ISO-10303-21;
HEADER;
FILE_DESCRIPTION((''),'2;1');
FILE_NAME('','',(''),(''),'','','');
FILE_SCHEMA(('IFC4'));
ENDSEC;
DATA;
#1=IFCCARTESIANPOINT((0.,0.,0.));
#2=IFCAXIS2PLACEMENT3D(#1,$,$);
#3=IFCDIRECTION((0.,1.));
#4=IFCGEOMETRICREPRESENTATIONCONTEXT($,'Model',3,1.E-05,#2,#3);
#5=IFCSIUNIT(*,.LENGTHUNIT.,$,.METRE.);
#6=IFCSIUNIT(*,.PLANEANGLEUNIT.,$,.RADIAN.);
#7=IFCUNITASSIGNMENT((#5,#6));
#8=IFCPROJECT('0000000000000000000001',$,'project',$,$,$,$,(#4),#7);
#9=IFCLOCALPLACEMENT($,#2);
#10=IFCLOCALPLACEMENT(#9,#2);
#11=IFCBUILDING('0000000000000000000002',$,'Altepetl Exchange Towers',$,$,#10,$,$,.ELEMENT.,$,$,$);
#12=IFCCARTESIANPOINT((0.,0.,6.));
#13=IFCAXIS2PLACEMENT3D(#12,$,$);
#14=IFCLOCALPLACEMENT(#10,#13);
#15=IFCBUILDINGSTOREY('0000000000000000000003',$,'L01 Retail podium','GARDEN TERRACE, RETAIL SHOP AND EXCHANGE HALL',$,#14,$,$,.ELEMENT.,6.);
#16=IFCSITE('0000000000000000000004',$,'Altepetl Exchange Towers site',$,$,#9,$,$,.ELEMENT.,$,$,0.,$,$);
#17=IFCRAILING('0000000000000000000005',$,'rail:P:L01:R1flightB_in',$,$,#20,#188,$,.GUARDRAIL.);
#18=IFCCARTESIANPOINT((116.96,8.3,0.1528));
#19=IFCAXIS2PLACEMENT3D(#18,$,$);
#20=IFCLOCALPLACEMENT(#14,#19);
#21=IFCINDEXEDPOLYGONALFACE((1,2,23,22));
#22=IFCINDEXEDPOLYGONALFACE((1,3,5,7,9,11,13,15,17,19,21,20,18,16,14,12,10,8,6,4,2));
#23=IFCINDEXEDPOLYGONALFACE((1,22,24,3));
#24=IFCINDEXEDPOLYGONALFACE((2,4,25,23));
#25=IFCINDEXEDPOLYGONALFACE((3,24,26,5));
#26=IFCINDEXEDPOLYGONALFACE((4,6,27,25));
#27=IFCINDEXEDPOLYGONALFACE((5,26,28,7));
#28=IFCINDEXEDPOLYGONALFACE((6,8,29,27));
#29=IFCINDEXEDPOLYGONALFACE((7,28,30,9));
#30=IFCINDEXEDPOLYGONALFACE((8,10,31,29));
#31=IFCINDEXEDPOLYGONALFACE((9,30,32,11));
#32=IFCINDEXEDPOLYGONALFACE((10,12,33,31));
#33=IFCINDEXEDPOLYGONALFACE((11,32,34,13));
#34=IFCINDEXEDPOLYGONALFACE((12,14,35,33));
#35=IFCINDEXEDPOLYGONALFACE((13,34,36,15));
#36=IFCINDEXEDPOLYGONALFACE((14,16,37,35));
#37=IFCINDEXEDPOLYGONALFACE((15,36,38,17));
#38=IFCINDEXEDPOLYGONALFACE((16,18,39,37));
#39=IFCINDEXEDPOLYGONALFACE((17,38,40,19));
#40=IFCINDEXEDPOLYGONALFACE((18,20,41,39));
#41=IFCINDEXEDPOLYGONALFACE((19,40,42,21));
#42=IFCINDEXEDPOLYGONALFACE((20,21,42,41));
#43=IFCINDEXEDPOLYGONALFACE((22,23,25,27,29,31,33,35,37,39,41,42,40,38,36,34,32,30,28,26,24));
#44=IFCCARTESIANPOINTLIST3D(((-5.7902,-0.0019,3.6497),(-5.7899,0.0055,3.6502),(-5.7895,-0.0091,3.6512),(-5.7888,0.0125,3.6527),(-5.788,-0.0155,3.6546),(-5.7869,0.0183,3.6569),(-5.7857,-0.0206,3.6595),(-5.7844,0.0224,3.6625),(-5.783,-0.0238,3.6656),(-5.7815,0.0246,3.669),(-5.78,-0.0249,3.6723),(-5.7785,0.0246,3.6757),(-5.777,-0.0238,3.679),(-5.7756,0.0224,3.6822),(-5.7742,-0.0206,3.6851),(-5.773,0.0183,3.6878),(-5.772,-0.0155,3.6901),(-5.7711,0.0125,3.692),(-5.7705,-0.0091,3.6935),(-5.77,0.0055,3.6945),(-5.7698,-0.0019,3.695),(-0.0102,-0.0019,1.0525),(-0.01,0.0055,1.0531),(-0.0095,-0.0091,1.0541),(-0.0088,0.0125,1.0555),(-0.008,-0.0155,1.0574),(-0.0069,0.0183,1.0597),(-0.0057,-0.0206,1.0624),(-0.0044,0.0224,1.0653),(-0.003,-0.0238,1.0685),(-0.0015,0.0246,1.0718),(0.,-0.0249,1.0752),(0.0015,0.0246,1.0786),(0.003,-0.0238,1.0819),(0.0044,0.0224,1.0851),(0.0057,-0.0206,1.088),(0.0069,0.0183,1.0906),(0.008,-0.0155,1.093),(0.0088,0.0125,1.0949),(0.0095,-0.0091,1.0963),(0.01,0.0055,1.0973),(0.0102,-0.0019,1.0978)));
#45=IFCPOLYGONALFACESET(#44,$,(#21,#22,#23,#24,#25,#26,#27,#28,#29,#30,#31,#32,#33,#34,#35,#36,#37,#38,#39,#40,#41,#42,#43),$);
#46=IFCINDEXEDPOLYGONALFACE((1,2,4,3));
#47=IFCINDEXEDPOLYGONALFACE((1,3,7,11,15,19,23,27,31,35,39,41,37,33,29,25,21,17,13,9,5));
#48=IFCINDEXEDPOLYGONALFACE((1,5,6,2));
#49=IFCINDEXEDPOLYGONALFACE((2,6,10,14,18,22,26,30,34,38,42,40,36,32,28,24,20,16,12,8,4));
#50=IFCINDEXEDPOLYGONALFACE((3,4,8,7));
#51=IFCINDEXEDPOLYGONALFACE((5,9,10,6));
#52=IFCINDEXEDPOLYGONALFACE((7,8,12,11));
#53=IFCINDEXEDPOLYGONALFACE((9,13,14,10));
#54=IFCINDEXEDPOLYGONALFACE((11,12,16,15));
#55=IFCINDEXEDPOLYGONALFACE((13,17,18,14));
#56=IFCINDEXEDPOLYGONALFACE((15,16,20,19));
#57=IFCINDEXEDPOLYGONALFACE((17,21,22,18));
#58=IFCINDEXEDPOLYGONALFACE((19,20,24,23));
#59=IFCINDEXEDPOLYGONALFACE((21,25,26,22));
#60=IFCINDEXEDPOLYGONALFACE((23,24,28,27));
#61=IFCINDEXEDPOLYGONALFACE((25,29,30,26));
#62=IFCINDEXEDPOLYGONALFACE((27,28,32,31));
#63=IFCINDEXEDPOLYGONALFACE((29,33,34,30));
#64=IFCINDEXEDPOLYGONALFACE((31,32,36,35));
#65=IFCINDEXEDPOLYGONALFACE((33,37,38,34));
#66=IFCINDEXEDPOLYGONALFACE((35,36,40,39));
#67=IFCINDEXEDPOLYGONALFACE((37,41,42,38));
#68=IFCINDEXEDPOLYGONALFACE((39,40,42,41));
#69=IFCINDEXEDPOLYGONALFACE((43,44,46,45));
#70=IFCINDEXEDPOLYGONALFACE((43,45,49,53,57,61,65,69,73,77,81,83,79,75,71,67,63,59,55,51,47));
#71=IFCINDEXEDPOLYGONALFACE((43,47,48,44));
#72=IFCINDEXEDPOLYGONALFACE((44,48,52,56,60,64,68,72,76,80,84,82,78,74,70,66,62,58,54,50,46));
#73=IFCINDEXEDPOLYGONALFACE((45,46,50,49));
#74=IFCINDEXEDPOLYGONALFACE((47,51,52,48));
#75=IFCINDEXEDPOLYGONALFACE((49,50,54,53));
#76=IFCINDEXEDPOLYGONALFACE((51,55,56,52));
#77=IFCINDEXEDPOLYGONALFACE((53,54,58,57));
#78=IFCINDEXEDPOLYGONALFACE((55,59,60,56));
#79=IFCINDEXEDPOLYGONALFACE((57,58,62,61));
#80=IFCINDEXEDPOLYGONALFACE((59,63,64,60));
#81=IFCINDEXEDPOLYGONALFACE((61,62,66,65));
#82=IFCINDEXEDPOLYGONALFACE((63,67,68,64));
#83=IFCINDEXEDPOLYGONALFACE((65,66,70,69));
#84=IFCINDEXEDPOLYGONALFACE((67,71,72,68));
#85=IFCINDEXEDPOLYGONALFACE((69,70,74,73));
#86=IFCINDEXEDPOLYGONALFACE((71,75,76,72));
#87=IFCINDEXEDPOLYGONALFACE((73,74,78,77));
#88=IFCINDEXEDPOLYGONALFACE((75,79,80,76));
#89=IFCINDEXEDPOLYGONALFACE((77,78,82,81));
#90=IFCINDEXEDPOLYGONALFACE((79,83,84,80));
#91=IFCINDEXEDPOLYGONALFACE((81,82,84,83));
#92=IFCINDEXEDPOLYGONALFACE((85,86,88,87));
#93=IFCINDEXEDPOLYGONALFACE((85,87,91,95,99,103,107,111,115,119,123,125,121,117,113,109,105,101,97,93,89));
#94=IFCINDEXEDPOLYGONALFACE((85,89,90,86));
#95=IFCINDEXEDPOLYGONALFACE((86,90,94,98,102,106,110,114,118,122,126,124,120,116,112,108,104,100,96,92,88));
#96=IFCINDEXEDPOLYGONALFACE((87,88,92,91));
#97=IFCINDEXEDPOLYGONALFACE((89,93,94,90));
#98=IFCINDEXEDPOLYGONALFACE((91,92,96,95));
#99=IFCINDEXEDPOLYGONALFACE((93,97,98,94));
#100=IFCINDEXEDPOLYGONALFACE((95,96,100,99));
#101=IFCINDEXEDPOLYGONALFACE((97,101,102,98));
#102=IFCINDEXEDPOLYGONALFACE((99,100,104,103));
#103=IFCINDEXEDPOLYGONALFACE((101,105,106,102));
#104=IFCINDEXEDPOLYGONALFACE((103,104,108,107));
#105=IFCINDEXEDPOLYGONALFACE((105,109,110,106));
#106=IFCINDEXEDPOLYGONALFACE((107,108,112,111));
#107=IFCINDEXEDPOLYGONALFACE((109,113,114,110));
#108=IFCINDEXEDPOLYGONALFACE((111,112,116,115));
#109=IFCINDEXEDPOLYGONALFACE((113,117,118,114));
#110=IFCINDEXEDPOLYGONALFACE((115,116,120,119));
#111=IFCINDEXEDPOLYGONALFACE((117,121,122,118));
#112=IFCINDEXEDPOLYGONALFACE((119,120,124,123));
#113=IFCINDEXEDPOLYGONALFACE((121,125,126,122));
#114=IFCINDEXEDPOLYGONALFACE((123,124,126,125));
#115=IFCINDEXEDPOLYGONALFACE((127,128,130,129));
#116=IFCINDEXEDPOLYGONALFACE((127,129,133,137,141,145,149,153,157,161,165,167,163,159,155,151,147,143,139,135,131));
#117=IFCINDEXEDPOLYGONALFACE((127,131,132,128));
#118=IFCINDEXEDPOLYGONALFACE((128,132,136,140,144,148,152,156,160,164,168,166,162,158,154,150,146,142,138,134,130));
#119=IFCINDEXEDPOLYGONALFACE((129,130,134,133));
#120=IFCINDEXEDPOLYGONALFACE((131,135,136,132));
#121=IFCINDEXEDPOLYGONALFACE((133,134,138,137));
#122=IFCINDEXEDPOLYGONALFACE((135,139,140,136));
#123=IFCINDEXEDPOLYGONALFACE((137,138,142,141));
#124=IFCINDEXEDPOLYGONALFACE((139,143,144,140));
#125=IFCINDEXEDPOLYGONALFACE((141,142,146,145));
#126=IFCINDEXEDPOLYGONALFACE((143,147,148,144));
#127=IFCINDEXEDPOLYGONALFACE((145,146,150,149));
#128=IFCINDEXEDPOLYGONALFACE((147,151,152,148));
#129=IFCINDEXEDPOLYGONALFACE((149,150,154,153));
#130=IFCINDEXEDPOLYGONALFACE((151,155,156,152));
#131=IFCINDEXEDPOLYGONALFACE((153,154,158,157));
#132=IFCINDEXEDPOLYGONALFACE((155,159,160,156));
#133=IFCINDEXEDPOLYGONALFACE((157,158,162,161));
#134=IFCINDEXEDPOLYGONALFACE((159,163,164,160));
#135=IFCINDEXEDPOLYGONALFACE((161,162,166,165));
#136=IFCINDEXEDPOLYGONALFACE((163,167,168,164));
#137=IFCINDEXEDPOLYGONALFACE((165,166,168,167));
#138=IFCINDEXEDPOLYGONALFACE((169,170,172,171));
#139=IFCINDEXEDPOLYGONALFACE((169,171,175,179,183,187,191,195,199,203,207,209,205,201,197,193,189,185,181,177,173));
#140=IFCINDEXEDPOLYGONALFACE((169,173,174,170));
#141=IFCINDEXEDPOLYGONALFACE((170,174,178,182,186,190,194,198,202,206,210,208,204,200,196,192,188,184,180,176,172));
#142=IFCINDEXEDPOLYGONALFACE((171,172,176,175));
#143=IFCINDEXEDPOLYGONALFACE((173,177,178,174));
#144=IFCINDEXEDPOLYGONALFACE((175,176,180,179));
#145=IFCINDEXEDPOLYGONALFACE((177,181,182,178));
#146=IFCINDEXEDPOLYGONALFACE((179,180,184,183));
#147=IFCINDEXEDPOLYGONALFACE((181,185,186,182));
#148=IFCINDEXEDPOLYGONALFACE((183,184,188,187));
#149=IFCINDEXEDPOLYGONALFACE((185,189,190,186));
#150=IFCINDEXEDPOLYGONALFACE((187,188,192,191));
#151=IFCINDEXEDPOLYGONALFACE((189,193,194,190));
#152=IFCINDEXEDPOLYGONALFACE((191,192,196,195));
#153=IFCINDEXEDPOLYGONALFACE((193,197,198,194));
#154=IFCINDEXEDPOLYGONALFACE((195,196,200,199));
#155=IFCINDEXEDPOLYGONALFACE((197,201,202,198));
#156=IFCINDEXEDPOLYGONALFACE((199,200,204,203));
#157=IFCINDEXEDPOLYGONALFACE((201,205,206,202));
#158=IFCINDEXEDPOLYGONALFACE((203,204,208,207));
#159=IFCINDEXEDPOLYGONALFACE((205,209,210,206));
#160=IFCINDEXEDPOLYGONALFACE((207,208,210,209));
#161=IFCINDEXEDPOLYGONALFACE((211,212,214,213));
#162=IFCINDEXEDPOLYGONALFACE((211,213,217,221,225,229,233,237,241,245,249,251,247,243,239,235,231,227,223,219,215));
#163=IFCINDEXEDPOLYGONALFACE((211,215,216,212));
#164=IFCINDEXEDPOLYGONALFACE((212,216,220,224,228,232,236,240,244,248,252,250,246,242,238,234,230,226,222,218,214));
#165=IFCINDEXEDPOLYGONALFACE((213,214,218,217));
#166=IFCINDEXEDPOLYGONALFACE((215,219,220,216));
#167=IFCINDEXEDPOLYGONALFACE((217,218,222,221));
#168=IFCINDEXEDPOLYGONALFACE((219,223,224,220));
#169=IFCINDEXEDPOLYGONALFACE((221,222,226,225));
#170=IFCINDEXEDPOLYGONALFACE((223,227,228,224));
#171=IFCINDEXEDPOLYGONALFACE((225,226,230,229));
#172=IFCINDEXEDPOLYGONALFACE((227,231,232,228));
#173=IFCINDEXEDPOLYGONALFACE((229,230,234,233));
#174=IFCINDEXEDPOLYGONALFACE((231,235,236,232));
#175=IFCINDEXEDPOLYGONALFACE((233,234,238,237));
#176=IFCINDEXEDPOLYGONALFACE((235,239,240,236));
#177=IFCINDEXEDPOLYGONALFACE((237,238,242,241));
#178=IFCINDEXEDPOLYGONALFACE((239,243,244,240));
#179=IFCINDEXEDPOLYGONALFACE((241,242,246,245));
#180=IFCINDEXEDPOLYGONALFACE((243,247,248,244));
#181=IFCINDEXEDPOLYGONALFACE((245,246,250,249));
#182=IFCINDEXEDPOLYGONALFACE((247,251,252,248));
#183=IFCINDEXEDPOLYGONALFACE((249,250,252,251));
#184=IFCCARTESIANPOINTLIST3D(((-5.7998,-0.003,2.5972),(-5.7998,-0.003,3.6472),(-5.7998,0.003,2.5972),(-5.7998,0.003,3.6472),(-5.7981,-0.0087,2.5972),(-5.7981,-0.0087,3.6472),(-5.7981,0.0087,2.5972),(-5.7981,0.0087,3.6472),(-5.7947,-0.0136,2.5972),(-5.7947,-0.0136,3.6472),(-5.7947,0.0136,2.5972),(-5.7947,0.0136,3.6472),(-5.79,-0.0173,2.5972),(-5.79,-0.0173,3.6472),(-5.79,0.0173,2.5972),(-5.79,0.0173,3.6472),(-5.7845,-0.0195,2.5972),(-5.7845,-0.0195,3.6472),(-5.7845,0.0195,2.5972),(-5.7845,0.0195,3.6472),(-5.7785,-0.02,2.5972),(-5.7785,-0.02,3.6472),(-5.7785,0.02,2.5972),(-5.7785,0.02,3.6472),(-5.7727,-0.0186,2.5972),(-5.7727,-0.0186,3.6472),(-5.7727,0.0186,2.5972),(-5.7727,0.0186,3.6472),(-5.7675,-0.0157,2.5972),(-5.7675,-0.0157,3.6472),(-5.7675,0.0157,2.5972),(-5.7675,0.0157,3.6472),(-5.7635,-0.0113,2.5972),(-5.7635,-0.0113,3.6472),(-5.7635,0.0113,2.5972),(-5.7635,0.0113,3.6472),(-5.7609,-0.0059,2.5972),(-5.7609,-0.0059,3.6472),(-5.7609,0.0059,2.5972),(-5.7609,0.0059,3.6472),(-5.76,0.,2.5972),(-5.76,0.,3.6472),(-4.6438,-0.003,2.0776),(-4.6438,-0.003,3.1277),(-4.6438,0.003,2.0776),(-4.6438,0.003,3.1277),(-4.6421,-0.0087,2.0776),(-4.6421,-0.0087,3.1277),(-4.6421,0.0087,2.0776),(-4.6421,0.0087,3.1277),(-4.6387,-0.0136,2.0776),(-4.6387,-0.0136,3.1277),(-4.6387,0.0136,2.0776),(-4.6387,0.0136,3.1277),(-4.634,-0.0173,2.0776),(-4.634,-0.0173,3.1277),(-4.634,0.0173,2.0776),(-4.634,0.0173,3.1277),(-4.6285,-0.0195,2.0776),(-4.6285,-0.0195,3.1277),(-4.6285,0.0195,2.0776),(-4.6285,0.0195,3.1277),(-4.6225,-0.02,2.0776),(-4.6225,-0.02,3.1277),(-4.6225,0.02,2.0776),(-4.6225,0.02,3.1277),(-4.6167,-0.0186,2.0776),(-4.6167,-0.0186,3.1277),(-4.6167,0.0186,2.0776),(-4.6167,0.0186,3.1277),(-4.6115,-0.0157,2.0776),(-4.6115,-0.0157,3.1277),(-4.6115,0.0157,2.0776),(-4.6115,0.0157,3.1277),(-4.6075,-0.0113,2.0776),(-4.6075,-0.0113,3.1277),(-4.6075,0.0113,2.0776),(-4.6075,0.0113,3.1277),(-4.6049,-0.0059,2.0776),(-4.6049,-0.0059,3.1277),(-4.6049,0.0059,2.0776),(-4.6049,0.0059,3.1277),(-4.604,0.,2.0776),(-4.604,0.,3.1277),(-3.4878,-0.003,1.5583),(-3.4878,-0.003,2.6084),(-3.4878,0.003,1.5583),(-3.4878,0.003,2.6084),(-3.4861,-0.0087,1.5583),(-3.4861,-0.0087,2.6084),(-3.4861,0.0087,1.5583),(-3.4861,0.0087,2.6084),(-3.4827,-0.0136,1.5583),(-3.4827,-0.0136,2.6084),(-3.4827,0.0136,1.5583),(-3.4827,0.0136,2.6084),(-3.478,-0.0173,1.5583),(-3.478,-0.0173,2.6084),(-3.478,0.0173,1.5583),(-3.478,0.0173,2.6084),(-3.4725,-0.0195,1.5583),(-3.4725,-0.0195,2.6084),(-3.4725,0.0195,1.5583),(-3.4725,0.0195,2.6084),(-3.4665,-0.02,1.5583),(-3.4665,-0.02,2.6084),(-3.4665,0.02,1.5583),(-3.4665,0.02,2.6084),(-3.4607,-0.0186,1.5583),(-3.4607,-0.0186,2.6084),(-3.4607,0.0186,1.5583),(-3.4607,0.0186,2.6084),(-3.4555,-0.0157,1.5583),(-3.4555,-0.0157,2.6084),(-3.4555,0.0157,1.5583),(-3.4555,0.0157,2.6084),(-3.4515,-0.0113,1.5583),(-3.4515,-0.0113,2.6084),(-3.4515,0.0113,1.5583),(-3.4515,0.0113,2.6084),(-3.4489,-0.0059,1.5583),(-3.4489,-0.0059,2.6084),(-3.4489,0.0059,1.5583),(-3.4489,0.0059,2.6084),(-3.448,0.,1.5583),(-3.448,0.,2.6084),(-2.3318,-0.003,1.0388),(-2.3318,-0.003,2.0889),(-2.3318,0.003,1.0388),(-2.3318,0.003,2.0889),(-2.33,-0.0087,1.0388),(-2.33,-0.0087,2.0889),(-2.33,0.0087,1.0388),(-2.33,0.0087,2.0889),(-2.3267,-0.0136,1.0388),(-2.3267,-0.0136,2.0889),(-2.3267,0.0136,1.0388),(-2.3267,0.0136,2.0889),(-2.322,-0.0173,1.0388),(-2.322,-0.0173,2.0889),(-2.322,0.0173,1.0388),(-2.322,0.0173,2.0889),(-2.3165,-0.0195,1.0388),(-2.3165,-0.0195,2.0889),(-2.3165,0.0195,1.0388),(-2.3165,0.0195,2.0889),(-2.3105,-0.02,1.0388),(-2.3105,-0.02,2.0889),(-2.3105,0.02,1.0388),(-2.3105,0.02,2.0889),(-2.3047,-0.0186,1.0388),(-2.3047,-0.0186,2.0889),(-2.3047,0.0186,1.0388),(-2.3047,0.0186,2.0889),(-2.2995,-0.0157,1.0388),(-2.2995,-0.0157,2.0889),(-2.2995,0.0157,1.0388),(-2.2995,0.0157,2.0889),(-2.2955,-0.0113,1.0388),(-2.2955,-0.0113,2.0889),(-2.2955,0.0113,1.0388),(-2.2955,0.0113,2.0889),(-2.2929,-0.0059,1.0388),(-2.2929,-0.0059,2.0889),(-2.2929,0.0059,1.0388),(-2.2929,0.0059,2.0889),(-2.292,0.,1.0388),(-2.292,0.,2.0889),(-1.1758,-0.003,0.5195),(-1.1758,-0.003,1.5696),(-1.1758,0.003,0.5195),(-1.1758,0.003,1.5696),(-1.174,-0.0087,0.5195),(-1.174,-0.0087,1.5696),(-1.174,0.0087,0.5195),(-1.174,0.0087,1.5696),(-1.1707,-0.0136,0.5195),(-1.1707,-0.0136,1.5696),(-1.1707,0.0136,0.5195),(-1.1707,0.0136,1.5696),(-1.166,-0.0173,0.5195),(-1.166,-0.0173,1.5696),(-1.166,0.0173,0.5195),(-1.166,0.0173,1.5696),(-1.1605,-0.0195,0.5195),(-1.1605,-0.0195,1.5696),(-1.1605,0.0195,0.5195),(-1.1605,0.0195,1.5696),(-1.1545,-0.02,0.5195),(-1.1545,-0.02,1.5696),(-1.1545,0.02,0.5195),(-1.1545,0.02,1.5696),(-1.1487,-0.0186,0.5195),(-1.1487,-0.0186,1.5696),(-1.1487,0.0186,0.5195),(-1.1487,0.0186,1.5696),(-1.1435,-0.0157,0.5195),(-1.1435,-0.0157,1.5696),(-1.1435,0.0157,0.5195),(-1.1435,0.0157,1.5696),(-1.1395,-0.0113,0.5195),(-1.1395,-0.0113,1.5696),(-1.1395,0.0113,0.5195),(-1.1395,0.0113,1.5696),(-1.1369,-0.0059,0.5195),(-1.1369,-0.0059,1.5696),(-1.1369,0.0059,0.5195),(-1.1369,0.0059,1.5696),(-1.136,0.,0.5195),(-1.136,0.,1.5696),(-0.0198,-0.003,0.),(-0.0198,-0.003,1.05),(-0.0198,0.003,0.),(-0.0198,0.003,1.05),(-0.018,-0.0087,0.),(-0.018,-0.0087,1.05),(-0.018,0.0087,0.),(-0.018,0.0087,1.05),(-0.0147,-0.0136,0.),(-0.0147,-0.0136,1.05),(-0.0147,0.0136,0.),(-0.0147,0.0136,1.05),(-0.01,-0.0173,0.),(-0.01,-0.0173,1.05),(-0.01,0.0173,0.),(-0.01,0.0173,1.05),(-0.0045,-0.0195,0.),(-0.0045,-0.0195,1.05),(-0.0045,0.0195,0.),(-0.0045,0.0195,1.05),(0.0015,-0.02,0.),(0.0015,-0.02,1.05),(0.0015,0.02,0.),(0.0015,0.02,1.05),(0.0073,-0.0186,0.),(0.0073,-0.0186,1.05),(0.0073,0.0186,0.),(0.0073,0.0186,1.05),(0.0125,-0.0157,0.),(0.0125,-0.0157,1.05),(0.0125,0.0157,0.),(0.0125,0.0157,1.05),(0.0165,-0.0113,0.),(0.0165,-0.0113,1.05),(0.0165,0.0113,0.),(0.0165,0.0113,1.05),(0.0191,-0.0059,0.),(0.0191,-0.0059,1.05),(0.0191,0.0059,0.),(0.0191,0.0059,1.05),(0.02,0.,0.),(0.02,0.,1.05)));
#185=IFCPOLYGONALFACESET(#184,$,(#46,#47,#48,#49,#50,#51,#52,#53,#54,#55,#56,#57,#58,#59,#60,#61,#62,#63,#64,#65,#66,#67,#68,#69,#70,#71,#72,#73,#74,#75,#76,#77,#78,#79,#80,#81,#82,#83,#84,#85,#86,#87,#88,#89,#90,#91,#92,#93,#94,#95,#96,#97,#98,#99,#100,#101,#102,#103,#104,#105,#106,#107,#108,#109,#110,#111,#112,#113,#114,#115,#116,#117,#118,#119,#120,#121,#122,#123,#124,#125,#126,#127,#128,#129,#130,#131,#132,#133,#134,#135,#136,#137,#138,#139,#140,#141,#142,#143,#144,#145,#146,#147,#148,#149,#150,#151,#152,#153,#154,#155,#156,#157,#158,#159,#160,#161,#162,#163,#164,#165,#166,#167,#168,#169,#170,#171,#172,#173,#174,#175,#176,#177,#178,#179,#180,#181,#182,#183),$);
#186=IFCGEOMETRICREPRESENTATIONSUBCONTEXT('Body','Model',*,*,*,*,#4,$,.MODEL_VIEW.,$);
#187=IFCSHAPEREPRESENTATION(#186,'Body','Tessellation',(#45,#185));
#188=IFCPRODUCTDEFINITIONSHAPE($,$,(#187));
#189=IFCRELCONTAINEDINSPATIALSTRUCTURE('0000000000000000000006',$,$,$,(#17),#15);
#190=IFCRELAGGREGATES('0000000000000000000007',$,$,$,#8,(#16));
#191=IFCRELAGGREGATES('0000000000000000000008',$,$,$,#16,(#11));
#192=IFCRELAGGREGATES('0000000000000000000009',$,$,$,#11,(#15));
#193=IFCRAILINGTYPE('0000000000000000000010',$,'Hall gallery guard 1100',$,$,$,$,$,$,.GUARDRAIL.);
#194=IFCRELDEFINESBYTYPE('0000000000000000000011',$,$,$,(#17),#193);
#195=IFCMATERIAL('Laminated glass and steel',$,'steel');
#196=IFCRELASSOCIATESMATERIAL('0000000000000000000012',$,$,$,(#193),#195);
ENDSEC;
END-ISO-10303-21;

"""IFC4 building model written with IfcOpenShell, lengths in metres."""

from ifc_helpers import new_model, si_unit, direction, frame, origin, origin_2d, place, context, subcontext, project, spatial, circle, extrude, source, transform, mapped, material, type_object, element, save


model = new_model("IFC4")

# Units and contexts
model_context = context("Model", 3, precision=1e-05, world=origin(), true_north=direction((0.0, 1.0)))
body_context = subcontext(model_context, "Body", "Model", "MODEL_VIEW")
ifc_project = project(units=[si_unit("LENGTHUNIT", "METRE"), si_unit("PLANEANGLEUNIT", "RADIAN")], contexts=[model_context])

# Site, building, storey
site_placement = place(None, origin())
site = spatial("IfcSite", under=ifc_project, at=site_placement, Name="Altepetl Exchange Towers site", CompositionType="ELEMENT", RefElevation=0.0)
building_placement = place(site_placement, origin())
building = spatial("IfcBuilding", under=site, at=building_placement, Name="Altepetl Exchange Towers", CompositionType="ELEMENT")
storey_placement = place(building_placement, frame((0.0, 0.0, 6.0)))
storey = spatial("IfcBuildingStorey", under=building, at=storey_placement, Name="L01 Retail podium", Description="GARDEN TERRACE, RETAIL SHOP AND EXCHANGE HALL", CompositionType="ELEMENT", Elevation=6.0)

# Railing
ifc_material_1 = material(Name="Laminated glass and steel", Category="steel")
railing_type_1 = type_object("IfcRailingType", Name="Hall gallery guard 1100", PredefinedType="GUARDRAIL", material=ifc_material_1)
shared_shape_1 = source(origin(), body_context, "Body", "SweptSolid", [
    extrude(circle(Radius=0.02, at=origin_2d()), origin(), (0.0, 0.0, 1.0), 1.05),
])
for number, where, name in (
    (1, (116.96, 8.3, 0.1528), "rail:P:L01:R1flightB_in"),
):
    element("IfcRailing", number, at=place(storey_placement, frame(where)), inside=storey, type_object=railing_type_1, Name=name, PredefinedType="GUARDRAIL", context=body_context, shape_type="SweptSolid", body=[
        extrude(circle(Radius=0.0249, at=origin_2d()), frame((0.0, 0.0, 1.0752), z_axis=(-0.912148, 0.0, 0.40986), x_axis=(0.0, -1.0, 0.0)), (0.0, 0.0, 1.0), 6.3367),
        mapped(shared_shape_1, transform((0.0, 0.0, 0.0))),
        mapped(shared_shape_1, transform((-1.156, 0.0, 0.5195))),
        mapped(shared_shape_1, transform((-2.312, 0.0, 1.0388))),
        mapped(shared_shape_1, transform((-3.468, 0.0, 1.5583))),
        mapped(shared_shape_1, transform((-4.624, 0.0, 2.0776))),
        mapped(shared_shape_1, transform((-5.78, 0.0, 2.5972))),
    ])

save(model, "model.ifc")
